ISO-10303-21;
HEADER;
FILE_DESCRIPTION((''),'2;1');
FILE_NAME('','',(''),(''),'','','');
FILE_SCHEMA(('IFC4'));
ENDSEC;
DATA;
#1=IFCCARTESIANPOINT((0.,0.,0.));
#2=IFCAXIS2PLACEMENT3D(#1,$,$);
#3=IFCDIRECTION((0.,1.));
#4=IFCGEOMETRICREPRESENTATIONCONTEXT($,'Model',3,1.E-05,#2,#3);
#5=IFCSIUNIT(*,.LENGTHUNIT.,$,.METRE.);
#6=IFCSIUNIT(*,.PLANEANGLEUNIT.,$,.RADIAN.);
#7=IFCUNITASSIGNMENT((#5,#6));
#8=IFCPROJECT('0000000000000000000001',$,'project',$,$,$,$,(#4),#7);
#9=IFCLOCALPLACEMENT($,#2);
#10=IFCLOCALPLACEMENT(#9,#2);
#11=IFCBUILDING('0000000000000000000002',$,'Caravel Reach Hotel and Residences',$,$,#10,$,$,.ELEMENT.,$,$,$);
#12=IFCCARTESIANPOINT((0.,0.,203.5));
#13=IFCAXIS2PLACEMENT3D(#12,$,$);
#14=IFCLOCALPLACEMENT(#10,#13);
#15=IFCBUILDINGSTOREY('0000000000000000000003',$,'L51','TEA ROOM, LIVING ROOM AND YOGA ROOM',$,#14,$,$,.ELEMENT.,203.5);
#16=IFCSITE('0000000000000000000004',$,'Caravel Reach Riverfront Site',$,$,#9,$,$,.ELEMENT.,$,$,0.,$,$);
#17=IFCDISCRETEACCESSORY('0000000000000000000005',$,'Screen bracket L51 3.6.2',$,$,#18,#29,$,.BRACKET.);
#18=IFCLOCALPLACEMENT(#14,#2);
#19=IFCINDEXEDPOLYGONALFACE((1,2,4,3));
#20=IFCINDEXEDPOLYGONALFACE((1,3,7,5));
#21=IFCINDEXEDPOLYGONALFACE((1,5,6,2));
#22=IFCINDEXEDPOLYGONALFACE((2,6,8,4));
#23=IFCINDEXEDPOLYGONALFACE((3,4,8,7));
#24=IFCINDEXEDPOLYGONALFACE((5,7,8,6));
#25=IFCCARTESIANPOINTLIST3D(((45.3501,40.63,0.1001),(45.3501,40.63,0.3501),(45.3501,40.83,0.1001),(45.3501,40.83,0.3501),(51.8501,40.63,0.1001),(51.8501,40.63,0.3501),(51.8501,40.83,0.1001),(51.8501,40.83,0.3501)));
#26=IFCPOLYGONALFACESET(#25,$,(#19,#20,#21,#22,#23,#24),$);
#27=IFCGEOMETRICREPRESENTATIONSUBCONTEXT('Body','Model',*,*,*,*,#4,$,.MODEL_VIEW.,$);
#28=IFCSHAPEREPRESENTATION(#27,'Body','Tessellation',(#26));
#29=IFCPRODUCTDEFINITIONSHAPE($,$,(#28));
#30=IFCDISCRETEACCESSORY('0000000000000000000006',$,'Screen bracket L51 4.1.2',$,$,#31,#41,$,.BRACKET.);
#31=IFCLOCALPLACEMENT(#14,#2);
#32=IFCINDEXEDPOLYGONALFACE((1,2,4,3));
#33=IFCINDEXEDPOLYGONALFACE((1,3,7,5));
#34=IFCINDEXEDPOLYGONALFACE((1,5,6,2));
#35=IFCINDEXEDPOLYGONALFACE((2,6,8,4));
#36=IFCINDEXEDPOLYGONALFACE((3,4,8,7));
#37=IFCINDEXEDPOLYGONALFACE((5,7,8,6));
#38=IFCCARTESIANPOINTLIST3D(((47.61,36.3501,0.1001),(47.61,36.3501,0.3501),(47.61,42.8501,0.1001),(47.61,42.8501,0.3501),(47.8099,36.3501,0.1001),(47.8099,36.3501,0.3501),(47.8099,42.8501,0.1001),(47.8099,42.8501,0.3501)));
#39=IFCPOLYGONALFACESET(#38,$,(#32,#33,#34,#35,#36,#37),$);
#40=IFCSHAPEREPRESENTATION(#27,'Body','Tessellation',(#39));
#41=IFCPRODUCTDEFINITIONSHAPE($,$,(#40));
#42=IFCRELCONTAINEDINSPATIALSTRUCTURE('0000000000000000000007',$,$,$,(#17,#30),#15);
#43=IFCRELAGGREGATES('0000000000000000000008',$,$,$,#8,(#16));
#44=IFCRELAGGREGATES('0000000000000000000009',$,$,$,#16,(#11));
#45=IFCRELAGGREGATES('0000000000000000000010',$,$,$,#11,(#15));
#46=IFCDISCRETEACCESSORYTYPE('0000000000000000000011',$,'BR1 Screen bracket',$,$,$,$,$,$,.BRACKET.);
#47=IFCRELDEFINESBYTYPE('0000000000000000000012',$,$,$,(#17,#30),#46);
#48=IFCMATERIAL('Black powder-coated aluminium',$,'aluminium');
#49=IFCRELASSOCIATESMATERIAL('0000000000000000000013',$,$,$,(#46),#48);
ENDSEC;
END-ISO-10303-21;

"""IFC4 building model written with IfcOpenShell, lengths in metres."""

from ifc_helpers import new_model, si_unit, direction, frame, origin, origin_2d, place, context, subcontext, project, spatial, rectangle, extrude, material, type_object, element, save


model = new_model("IFC4")

# Units and contexts
model_context = context("Model", 3, precision=1e-05, world=origin(), true_north=direction((0.0, 1.0)))
body_context = subcontext(model_context, "Body", "Model", "MODEL_VIEW")
ifc_project = project(units=[si_unit("LENGTHUNIT", "METRE"), si_unit("PLANEANGLEUNIT", "RADIAN")], contexts=[model_context])

# Site, building, storey
site_placement = place(None, origin())
site = spatial("IfcSite", under=ifc_project, at=site_placement, Name="Caravel Reach Riverfront Site", CompositionType="ELEMENT", RefElevation=0.0)
building_placement = place(site_placement, origin())
building = spatial("IfcBuilding", under=site, at=building_placement, Name="Caravel Reach Hotel and Residences", CompositionType="ELEMENT")
storey_placement = place(building_placement, frame((0.0, 0.0, 203.5)))
storey = spatial("IfcBuildingStorey", under=building, at=storey_placement, Name="L51", Description="TEA ROOM, LIVING ROOM AND YOGA ROOM", CompositionType="ELEMENT", Elevation=203.5)

# Discrete accessories
ifc_material_1 = material(Name="Black powder-coated aluminium", Category="aluminium")
discrete_accessory_type = type_object("IfcDiscreteAccessoryType", Name="BR1 Screen bracket", PredefinedType="BRACKET", material=ifc_material_1)
for number, where, z_axis, x_axis, name in (
    (1, (48.6001, 40.73, 0.1001), (0.0, 0.0, 1.0), (1.0, 0.0, 0.0), "Screen bracket L51 3.6.2"),
    (2, (47.71, 39.6001, 0.1001), (0.0, 0.0, 1.0), (0.0, 1.0, 0.0), "Screen bracket L51 4.1.2"),
):
    element("IfcDiscreteAccessory", number, at=place(storey_placement, frame(where, z_axis=z_axis, x_axis=x_axis)), inside=storey, type_object=discrete_accessory_type, Name=name, PredefinedType="BRACKET", context=body_context, shape_type="SweptSolid", body=[
        extrude(rectangle(XDim=6.5, YDim=0.2, at=origin_2d()), origin(), (0.0, 0.0, 1.0), 0.25),
    ])

save(model, "model.ifc")
